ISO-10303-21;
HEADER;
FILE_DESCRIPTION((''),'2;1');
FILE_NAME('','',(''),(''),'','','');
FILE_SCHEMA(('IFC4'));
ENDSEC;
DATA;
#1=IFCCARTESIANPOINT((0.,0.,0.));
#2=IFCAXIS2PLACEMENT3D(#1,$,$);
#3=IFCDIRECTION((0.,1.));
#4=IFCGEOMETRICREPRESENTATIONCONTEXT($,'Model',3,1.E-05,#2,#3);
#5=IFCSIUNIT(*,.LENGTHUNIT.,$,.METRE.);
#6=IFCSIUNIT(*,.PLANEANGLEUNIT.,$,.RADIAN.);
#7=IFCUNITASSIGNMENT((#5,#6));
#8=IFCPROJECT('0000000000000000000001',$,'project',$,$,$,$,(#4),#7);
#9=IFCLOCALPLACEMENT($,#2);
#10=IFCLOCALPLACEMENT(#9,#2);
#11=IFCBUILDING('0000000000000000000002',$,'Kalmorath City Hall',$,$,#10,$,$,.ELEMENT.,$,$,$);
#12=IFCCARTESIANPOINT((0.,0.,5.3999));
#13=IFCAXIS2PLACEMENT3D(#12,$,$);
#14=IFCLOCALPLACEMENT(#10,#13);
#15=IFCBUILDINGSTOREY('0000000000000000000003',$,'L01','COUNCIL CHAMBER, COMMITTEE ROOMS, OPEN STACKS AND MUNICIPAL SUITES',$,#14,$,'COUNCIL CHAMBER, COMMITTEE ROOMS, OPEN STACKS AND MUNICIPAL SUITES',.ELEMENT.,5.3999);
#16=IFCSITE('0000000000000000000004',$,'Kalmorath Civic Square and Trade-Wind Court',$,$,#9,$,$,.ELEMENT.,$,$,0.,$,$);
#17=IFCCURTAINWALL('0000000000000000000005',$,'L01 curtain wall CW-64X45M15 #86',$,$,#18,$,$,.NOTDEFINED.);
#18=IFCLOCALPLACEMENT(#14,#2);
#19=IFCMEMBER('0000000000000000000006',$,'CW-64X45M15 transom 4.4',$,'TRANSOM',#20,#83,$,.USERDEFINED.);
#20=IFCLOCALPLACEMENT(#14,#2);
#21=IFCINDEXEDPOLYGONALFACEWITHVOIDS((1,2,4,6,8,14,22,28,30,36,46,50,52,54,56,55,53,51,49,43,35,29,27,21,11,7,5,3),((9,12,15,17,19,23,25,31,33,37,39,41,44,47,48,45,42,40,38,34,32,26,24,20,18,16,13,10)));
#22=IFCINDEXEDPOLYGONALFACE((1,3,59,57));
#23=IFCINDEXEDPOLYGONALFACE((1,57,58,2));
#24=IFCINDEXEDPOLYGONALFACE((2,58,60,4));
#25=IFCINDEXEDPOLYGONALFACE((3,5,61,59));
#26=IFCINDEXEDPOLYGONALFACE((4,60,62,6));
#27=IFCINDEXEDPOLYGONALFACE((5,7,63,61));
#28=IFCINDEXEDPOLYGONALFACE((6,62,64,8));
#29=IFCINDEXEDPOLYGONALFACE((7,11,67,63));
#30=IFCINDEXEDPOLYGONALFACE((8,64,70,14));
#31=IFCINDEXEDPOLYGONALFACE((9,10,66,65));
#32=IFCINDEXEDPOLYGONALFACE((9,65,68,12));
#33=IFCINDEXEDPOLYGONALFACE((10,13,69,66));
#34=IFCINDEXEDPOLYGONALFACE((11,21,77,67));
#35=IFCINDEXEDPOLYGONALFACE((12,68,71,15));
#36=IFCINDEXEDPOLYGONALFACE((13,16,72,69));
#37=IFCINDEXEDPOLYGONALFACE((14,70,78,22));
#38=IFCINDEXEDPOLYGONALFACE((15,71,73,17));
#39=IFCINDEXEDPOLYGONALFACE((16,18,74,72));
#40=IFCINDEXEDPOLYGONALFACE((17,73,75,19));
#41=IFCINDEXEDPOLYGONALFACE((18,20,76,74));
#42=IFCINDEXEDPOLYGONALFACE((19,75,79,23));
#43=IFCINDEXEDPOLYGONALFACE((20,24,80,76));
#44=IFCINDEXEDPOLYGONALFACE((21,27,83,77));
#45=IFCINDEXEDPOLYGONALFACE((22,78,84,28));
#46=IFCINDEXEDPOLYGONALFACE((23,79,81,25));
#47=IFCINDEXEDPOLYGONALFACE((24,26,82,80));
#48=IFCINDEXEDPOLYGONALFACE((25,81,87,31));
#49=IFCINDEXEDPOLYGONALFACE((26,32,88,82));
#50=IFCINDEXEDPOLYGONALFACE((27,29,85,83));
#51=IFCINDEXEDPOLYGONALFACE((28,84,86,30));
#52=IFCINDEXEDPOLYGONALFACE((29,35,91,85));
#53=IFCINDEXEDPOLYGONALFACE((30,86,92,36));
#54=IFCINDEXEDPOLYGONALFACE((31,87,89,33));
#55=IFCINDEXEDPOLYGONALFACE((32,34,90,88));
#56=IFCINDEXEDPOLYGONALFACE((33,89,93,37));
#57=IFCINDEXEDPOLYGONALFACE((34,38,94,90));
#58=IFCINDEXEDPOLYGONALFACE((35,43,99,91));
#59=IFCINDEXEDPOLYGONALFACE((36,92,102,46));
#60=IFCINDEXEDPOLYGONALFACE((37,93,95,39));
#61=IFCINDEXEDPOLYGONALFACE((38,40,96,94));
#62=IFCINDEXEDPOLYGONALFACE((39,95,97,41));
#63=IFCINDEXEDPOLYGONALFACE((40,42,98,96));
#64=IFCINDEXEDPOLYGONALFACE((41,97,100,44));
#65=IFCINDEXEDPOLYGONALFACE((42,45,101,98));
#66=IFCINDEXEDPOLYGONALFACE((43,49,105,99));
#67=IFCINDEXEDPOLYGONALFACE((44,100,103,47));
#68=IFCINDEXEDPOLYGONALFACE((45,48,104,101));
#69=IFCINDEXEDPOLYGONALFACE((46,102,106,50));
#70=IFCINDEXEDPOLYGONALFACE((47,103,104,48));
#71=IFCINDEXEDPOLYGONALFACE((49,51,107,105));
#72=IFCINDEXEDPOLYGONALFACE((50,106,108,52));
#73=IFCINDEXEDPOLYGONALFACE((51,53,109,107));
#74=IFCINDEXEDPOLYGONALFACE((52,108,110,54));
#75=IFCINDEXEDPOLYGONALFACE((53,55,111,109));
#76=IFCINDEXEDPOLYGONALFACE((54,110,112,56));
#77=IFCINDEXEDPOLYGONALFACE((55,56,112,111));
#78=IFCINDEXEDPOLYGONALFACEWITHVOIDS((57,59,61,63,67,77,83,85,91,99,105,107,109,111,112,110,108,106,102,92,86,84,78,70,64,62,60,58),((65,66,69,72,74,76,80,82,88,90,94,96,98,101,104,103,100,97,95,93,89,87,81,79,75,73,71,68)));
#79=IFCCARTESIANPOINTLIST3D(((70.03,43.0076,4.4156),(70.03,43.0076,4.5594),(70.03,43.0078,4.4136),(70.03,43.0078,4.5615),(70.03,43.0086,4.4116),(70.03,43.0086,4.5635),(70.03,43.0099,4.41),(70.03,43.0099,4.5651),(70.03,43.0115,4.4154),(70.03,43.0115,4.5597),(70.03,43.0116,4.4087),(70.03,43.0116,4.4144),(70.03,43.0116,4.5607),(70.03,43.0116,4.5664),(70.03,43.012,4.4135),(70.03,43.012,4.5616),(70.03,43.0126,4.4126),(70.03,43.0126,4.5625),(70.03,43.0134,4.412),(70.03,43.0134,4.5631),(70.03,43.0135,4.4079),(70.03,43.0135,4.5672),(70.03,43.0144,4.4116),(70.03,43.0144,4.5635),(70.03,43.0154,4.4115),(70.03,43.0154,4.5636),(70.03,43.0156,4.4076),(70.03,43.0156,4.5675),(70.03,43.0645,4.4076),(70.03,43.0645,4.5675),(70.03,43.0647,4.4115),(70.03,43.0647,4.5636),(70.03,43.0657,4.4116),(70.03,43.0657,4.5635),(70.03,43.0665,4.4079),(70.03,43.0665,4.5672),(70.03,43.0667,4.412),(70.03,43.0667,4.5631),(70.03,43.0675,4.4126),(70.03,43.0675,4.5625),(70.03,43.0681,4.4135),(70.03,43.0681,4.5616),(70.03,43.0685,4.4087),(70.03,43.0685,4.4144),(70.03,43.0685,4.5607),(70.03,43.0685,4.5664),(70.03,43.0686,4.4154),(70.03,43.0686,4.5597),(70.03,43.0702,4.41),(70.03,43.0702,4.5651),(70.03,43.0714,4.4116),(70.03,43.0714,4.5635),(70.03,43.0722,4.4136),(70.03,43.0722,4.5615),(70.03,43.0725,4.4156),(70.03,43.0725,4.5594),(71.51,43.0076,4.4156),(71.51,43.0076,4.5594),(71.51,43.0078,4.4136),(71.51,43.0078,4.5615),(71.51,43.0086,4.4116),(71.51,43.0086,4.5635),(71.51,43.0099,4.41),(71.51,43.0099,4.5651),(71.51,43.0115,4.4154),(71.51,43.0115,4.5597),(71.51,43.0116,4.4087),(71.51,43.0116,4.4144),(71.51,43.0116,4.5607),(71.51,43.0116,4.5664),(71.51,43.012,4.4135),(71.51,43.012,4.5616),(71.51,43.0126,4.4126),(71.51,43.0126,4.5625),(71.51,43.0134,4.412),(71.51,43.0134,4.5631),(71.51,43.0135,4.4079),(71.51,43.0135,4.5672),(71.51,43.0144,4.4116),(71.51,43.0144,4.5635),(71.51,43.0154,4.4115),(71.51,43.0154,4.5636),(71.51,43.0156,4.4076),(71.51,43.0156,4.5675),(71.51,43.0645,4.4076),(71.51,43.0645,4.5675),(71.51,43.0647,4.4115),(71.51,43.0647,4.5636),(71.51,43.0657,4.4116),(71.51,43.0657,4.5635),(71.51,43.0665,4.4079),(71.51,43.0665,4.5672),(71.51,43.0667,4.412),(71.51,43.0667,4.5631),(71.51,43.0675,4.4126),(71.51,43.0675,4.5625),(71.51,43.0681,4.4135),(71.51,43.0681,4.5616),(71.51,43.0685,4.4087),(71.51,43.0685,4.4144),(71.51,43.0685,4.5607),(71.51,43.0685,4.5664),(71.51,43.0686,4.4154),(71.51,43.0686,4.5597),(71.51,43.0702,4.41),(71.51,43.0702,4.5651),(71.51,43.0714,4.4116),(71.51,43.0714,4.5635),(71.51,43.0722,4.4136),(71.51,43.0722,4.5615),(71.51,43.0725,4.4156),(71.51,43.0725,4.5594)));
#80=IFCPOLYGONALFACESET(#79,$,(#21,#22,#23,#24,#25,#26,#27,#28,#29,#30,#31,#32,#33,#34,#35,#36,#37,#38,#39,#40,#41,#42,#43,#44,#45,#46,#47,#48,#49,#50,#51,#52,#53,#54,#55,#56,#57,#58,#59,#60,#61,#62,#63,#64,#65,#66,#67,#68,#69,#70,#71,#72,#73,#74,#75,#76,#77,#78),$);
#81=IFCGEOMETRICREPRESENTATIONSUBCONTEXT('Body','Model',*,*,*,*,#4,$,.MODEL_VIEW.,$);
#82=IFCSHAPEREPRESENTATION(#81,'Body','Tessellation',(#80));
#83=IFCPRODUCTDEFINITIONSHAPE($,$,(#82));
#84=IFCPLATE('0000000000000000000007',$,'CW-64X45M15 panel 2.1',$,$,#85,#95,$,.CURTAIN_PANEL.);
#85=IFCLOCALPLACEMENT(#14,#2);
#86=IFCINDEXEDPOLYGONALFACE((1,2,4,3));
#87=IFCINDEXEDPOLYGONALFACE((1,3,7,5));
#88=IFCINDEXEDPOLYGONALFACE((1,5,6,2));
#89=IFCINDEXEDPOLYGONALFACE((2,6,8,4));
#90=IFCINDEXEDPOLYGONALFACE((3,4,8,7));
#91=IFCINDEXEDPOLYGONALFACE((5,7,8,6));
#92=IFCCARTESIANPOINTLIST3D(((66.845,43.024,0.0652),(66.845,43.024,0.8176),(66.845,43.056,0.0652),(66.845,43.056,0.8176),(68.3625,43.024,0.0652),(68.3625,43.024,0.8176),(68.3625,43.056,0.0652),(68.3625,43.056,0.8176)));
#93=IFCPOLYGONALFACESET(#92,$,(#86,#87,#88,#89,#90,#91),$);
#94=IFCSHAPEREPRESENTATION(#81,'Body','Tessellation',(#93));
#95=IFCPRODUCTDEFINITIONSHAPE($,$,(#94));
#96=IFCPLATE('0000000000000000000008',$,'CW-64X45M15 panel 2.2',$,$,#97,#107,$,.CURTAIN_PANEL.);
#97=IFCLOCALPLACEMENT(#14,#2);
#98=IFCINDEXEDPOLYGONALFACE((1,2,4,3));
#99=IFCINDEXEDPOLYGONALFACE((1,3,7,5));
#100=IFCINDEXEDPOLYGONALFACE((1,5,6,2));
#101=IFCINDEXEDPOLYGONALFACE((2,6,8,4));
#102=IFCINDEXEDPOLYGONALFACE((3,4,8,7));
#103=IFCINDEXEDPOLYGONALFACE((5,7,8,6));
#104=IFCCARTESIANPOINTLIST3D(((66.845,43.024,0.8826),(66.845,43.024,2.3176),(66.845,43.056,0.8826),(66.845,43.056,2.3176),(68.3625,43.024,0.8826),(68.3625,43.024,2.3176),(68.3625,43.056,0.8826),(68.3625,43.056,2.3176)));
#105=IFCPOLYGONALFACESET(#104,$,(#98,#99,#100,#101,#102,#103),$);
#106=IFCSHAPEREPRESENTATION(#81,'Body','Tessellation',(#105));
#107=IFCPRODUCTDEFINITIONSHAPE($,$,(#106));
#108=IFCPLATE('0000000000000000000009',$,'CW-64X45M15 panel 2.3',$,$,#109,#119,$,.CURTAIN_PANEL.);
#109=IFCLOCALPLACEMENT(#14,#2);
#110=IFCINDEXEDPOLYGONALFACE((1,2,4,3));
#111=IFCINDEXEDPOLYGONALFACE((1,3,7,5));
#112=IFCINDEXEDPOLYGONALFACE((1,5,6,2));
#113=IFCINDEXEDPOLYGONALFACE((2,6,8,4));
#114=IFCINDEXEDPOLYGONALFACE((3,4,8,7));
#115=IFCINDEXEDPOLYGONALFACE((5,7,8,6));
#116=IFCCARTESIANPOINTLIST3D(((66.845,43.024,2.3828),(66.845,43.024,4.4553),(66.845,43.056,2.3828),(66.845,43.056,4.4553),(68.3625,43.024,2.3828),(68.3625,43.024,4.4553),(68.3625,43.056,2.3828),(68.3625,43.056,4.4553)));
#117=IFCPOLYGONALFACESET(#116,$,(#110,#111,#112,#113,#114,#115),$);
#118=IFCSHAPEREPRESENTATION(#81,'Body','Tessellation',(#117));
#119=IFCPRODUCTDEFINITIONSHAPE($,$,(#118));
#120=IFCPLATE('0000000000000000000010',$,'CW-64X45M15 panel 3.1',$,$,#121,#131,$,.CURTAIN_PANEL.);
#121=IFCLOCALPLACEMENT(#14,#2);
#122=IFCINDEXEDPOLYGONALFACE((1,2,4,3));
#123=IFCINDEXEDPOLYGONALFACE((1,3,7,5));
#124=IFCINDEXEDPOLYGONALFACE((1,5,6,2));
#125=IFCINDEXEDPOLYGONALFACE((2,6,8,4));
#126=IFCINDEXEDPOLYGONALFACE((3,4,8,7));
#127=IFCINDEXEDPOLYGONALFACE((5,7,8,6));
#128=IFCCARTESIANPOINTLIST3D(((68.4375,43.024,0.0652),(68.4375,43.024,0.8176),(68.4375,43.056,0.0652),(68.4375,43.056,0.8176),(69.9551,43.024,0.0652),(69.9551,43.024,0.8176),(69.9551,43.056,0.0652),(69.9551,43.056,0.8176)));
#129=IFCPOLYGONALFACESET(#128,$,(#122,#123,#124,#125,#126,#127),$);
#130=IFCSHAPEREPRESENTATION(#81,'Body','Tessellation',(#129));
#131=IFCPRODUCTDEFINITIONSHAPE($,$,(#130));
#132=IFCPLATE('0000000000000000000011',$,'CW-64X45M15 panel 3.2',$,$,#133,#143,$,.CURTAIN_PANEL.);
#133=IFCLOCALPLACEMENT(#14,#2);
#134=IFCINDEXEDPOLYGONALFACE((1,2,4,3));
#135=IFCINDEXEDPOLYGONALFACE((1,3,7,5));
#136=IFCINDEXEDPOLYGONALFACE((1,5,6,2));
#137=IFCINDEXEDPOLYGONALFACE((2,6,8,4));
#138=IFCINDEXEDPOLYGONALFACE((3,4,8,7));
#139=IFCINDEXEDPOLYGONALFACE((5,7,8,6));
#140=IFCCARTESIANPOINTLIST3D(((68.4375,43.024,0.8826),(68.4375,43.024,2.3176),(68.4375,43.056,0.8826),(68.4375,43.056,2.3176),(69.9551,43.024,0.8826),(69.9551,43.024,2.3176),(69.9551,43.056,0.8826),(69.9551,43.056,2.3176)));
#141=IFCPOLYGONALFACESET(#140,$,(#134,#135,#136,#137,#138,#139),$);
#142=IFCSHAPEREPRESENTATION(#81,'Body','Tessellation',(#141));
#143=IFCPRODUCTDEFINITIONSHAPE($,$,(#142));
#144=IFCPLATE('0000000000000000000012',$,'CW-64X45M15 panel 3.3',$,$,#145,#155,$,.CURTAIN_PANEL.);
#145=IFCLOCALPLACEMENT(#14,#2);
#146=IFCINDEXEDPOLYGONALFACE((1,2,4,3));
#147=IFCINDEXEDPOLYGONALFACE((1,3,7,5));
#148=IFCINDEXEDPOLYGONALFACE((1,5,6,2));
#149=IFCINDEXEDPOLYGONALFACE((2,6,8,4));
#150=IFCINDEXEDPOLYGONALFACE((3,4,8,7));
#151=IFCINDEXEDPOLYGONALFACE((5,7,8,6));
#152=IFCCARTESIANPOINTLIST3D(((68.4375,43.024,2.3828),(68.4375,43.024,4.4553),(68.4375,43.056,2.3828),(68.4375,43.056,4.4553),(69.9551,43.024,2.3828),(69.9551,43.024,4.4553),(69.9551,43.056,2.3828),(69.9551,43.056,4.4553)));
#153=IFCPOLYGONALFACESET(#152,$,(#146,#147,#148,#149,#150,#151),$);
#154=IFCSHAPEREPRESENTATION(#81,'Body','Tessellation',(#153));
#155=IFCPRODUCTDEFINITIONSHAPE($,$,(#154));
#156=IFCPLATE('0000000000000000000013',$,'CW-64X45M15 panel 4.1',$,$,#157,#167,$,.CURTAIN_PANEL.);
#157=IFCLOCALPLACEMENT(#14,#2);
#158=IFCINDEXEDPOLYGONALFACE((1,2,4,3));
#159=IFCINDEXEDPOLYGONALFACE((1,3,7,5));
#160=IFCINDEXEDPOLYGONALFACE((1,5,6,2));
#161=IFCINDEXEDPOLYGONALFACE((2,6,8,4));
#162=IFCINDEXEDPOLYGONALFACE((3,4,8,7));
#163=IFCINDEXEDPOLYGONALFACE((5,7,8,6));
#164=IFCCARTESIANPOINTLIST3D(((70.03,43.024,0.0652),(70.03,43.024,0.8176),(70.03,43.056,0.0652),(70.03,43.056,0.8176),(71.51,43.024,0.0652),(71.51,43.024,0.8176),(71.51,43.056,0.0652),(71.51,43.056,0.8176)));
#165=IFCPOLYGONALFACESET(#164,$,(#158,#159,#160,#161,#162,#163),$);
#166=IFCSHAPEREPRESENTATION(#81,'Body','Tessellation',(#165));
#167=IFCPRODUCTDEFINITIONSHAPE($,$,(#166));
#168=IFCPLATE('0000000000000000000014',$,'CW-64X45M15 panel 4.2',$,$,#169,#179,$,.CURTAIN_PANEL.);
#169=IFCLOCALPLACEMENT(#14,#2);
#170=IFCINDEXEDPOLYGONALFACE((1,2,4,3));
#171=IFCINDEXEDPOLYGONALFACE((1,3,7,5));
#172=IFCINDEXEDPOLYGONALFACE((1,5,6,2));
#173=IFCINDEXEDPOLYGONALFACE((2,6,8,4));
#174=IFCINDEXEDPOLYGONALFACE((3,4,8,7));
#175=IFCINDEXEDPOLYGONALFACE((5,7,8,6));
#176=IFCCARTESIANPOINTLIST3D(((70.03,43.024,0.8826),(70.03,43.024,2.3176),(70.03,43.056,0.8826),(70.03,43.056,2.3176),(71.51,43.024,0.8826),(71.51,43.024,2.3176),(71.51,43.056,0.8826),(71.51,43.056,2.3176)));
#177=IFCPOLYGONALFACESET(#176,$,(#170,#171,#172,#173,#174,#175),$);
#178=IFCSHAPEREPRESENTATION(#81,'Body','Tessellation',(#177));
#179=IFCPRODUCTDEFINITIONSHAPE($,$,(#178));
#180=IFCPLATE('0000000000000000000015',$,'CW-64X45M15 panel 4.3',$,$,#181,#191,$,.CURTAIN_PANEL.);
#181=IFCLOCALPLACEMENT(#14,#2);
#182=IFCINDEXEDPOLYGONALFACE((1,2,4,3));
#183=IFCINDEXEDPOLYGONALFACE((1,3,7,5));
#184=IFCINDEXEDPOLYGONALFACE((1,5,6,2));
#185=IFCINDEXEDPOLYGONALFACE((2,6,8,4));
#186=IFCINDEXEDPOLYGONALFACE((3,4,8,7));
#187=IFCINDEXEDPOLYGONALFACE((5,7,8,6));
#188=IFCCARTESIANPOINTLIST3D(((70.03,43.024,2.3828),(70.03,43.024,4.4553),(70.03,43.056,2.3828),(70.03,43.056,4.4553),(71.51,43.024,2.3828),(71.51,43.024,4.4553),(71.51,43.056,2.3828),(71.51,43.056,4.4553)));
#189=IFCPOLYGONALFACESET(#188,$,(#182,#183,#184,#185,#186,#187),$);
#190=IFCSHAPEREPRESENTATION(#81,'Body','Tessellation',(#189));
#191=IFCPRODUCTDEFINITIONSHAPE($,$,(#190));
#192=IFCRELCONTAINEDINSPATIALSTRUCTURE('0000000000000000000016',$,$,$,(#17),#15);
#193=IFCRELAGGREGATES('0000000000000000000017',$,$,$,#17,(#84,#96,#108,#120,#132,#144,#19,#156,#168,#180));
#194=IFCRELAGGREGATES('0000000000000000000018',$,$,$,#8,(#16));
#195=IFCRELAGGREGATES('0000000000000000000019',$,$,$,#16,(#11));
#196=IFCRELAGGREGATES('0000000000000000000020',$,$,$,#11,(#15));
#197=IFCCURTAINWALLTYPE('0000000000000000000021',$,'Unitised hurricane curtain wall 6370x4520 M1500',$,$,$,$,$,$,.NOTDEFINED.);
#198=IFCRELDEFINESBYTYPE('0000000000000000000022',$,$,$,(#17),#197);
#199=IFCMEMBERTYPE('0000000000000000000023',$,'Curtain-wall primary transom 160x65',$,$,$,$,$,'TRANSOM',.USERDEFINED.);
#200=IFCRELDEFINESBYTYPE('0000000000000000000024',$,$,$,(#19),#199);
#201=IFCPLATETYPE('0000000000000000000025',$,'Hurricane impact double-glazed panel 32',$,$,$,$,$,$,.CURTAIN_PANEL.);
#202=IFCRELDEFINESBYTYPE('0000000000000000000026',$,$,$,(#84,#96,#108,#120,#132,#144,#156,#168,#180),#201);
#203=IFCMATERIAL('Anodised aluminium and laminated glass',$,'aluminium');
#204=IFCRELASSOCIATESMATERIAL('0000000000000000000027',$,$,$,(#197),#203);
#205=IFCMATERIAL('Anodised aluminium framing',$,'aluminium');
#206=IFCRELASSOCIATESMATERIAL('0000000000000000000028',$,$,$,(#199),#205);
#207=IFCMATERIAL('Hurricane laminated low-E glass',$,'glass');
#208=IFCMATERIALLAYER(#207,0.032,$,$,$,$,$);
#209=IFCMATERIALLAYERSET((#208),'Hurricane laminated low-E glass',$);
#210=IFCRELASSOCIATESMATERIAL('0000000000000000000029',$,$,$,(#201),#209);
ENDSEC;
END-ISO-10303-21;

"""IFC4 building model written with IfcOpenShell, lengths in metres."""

from ifc_helpers import new_model, si_unit, direction, frame, origin, origin_2d, place, context, subcontext, project, spatial, rectangle, hollow_rectangle, extrude, material, layer, layer_set, material_profile, profile_set, type_object, element, aggregate, save


model = new_model("IFC4")

# Units and contexts
model_context = context("Model", 3, precision=1e-05, world=origin(), true_north=direction((0.0, 1.0)))
body_context = subcontext(model_context, "Body", "Model", "MODEL_VIEW")
ifc_project = project(units=[si_unit("LENGTHUNIT", "METRE"), si_unit("PLANEANGLEUNIT", "RADIAN")], contexts=[model_context])

# Site, building, storey
site_placement = place(None, origin())
site = spatial("IfcSite", under=ifc_project, at=site_placement, Name="Kalmorath Civic Square and Trade-Wind Court", CompositionType="ELEMENT", RefElevation=0.0)
building_placement = place(site_placement, origin())
building = spatial("IfcBuilding", under=site, at=building_placement, Name="Kalmorath City Hall", CompositionType="ELEMENT")
storey_placement = place(building_placement, frame((0.0, 0.0, 5.3999)))
storey = spatial("IfcBuildingStorey", under=building, at=storey_placement, Name="L01", Description="COUNCIL CHAMBER, COMMITTEE ROOMS, OPEN STACKS AND MUNICIPAL SUITES", LongName="COUNCIL CHAMBER, COMMITTEE ROOMS, OPEN STACKS AND MUNICIPAL SUITES", CompositionType="ELEMENT", Elevation=5.3999)

# Curtain wall, member, plates
ifc_material_1 = material(Name="Anodised aluminium and laminated glass", Category="aluminium")
curtain_wall_type = type_object("IfcCurtainWallType", Name="Unitised hurricane curtain wall 6370x4520 M1500", PredefinedType="NOTDEFINED", material=ifc_material_1)
curtain_wall_placement = place(storey_placement, origin())
curtain_wall = element("IfcCurtainWall", 1, at=curtain_wall_placement, inside=storey, type_object=curtain_wall_type, Name="L01 curtain wall CW-64X45M15 #86", PredefinedType="NOTDEFINED")
ifc_material_2 = material(Name="Anodised aluminium framing", Category="aluminium")
ifc_material_profile_1 = material_profile(ifc_material_2, hollow_rectangle(XDim=0.0649, YDim=0.1599, WallThickness=0.0039, InnerFilletRadius=0.0039, OuterFilletRadius=0.0081, at=origin_2d()), Name="ALU-TRN-160X65X4")
ifc_profile_set_1 = profile_set([ifc_material_profile_1], Name="Anodised aluminium framing")
member_type_1 = type_object("IfcMemberType", Name="Curtain-wall primary transom 160x65", ElementType="TRANSOM", PredefinedType="USERDEFINED", material=ifc_profile_set_1)
member_1_placement = place(storey_placement, frame((70.03, 43.04, 4.4875), z_axis=(1.0, 0.0, 0.0), x_axis=(0.0, 1.0, 0.0)))
member_1 = element("IfcMember", 2, at=member_1_placement, type_object=member_type_1, Name="CW-64X45M15 transom 4.4", ObjectType="TRANSOM", PredefinedType="USERDEFINED", context=body_context, shape_type="SweptSolid", body=[
    extrude(hollow_rectangle(XDim=0.0649, YDim=0.1599, WallThickness=0.0039, InnerFilletRadius=0.0039, OuterFilletRadius=0.0081, at=origin_2d()), origin(), (0.0, 0.0, 1.0), 1.48),
])
ifc_material_3 = material(Name="Hurricane laminated low-E glass", Category="glass")
ifc_layer = layer(ifc_material_3, 0.032)
ifc_layer_set = layer_set([ifc_layer], Name="Hurricane laminated low-E glass")
plate_type = type_object("IfcPlateType", Name="Hurricane impact double-glazed panel 32", PredefinedType="CURTAIN_PANEL", material=ifc_layer_set)
plate_1_placement = place(storey_placement, frame((67.6038, 43.04, 0.0652), z_axis=(0.0, 0.0, 1.0), x_axis=(1.0, 0.0, 0.0)))
plate_1 = element("IfcPlate", 3, at=plate_1_placement, type_object=plate_type, Name="CW-64X45M15 panel 2.1", PredefinedType="CURTAIN_PANEL", context=body_context, shape_type="SweptSolid", body=[
    extrude(rectangle(XDim=1.5176, YDim=0.032, at=origin_2d()), origin(), (0.0, 0.0, 1.0), 0.7524),
])
plate_2_placement = place(storey_placement, frame((67.6038, 43.04, 0.8826), z_axis=(0.0, 0.0, 1.0), x_axis=(1.0, 0.0, 0.0)))
plate_2 = element("IfcPlate", 4, at=plate_2_placement, type_object=plate_type, Name="CW-64X45M15 panel 2.2", PredefinedType="CURTAIN_PANEL", context=body_context, shape_type="SweptSolid", body=[
    extrude(rectangle(XDim=1.5176, YDim=0.032, at=origin_2d()), origin(), (0.0, 0.0, 1.0), 1.4351),
])
plate_3_placement = place(storey_placement, frame((67.6038, 43.04, 2.3828), z_axis=(0.0, 0.0, 1.0), x_axis=(1.0, 0.0, 0.0)))
plate_3 = element("IfcPlate", 5, at=plate_3_placement, type_object=plate_type, Name="CW-64X45M15 panel 2.3", PredefinedType="CURTAIN_PANEL", context=body_context, shape_type="SweptSolid", body=[
    extrude(rectangle(XDim=1.5176, YDim=0.032, at=origin_2d()), origin(), (0.0, 0.0, 1.0), 2.0725),
])
plate_4_placement = place(storey_placement, frame((69.1963, 43.04, 0.0652), z_axis=(0.0, 0.0, 1.0), x_axis=(1.0, 0.0, 0.0)))
plate_4 = element("IfcPlate", 6, at=plate_4_placement, type_object=plate_type, Name="CW-64X45M15 panel 3.1", PredefinedType="CURTAIN_PANEL", context=body_context, shape_type="SweptSolid", body=[
    extrude(rectangle(XDim=1.5176, YDim=0.032, at=origin_2d()), origin(), (0.0, 0.0, 1.0), 0.7524),
])
plate_5_placement = place(storey_placement, frame((69.1963, 43.04, 0.8826), z_axis=(0.0, 0.0, 1.0), x_axis=(1.0, 0.0, 0.0)))
plate_5 = element("IfcPlate", 7, at=plate_5_placement, type_object=plate_type, Name="CW-64X45M15 panel 3.2", PredefinedType="CURTAIN_PANEL", context=body_context, shape_type="SweptSolid", body=[
    extrude(rectangle(XDim=1.5176, YDim=0.032, at=origin_2d()), origin(), (0.0, 0.0, 1.0), 1.4351),
])
plate_6_placement = place(storey_placement, frame((69.1963, 43.04, 2.3828), z_axis=(0.0, 0.0, 1.0), x_axis=(1.0, 0.0, 0.0)))
plate_6 = element("IfcPlate", 8, at=plate_6_placement, type_object=plate_type, Name="CW-64X45M15 panel 3.3", PredefinedType="CURTAIN_PANEL", context=body_context, shape_type="SweptSolid", body=[
    extrude(rectangle(XDim=1.5176, YDim=0.032, at=origin_2d()), origin(), (0.0, 0.0, 1.0), 2.0725),
])
plate_7_placement = place(storey_placement, frame((70.77, 43.04, 0.0652), z_axis=(0.0, 0.0, 1.0), x_axis=(1.0, 0.0, 0.0)))
plate_7 = element("IfcPlate", 9, at=plate_7_placement, type_object=plate_type, Name="CW-64X45M15 panel 4.1", PredefinedType="CURTAIN_PANEL", context=body_context, shape_type="SweptSolid", body=[
    extrude(rectangle(XDim=1.48, YDim=0.032, at=origin_2d()), origin(), (0.0, 0.0, 1.0), 0.7524),
])
plate_8_placement = place(storey_placement, frame((70.77, 43.04, 0.8826), z_axis=(0.0, 0.0, 1.0), x_axis=(1.0, 0.0, 0.0)))
plate_8 = element("IfcPlate", 10, at=plate_8_placement, type_object=plate_type, Name="CW-64X45M15 panel 4.2", PredefinedType="CURTAIN_PANEL", context=body_context, shape_type="SweptSolid", body=[
    extrude(rectangle(XDim=1.48, YDim=0.032, at=origin_2d()), origin(), (0.0, 0.0, 1.0), 1.4351),
])
plate_9_placement = place(storey_placement, frame((70.77, 43.04, 2.3828), z_axis=(0.0, 0.0, 1.0), x_axis=(1.0, 0.0, 0.0)))
plate_9 = element("IfcPlate", 11, at=plate_9_placement, type_object=plate_type, Name="CW-64X45M15 panel 4.3", PredefinedType="CURTAIN_PANEL", context=body_context, shape_type="SweptSolid", body=[
    extrude(rectangle(XDim=1.48, YDim=0.032, at=origin_2d()), origin(), (0.0, 0.0, 1.0), 2.0725),
])
aggregate(curtain_wall, [plate_1, plate_2, plate_3, plate_4, plate_5, plate_6, member_1, plate_7, plate_8, plate_9])

save(model, "model.ifc")
